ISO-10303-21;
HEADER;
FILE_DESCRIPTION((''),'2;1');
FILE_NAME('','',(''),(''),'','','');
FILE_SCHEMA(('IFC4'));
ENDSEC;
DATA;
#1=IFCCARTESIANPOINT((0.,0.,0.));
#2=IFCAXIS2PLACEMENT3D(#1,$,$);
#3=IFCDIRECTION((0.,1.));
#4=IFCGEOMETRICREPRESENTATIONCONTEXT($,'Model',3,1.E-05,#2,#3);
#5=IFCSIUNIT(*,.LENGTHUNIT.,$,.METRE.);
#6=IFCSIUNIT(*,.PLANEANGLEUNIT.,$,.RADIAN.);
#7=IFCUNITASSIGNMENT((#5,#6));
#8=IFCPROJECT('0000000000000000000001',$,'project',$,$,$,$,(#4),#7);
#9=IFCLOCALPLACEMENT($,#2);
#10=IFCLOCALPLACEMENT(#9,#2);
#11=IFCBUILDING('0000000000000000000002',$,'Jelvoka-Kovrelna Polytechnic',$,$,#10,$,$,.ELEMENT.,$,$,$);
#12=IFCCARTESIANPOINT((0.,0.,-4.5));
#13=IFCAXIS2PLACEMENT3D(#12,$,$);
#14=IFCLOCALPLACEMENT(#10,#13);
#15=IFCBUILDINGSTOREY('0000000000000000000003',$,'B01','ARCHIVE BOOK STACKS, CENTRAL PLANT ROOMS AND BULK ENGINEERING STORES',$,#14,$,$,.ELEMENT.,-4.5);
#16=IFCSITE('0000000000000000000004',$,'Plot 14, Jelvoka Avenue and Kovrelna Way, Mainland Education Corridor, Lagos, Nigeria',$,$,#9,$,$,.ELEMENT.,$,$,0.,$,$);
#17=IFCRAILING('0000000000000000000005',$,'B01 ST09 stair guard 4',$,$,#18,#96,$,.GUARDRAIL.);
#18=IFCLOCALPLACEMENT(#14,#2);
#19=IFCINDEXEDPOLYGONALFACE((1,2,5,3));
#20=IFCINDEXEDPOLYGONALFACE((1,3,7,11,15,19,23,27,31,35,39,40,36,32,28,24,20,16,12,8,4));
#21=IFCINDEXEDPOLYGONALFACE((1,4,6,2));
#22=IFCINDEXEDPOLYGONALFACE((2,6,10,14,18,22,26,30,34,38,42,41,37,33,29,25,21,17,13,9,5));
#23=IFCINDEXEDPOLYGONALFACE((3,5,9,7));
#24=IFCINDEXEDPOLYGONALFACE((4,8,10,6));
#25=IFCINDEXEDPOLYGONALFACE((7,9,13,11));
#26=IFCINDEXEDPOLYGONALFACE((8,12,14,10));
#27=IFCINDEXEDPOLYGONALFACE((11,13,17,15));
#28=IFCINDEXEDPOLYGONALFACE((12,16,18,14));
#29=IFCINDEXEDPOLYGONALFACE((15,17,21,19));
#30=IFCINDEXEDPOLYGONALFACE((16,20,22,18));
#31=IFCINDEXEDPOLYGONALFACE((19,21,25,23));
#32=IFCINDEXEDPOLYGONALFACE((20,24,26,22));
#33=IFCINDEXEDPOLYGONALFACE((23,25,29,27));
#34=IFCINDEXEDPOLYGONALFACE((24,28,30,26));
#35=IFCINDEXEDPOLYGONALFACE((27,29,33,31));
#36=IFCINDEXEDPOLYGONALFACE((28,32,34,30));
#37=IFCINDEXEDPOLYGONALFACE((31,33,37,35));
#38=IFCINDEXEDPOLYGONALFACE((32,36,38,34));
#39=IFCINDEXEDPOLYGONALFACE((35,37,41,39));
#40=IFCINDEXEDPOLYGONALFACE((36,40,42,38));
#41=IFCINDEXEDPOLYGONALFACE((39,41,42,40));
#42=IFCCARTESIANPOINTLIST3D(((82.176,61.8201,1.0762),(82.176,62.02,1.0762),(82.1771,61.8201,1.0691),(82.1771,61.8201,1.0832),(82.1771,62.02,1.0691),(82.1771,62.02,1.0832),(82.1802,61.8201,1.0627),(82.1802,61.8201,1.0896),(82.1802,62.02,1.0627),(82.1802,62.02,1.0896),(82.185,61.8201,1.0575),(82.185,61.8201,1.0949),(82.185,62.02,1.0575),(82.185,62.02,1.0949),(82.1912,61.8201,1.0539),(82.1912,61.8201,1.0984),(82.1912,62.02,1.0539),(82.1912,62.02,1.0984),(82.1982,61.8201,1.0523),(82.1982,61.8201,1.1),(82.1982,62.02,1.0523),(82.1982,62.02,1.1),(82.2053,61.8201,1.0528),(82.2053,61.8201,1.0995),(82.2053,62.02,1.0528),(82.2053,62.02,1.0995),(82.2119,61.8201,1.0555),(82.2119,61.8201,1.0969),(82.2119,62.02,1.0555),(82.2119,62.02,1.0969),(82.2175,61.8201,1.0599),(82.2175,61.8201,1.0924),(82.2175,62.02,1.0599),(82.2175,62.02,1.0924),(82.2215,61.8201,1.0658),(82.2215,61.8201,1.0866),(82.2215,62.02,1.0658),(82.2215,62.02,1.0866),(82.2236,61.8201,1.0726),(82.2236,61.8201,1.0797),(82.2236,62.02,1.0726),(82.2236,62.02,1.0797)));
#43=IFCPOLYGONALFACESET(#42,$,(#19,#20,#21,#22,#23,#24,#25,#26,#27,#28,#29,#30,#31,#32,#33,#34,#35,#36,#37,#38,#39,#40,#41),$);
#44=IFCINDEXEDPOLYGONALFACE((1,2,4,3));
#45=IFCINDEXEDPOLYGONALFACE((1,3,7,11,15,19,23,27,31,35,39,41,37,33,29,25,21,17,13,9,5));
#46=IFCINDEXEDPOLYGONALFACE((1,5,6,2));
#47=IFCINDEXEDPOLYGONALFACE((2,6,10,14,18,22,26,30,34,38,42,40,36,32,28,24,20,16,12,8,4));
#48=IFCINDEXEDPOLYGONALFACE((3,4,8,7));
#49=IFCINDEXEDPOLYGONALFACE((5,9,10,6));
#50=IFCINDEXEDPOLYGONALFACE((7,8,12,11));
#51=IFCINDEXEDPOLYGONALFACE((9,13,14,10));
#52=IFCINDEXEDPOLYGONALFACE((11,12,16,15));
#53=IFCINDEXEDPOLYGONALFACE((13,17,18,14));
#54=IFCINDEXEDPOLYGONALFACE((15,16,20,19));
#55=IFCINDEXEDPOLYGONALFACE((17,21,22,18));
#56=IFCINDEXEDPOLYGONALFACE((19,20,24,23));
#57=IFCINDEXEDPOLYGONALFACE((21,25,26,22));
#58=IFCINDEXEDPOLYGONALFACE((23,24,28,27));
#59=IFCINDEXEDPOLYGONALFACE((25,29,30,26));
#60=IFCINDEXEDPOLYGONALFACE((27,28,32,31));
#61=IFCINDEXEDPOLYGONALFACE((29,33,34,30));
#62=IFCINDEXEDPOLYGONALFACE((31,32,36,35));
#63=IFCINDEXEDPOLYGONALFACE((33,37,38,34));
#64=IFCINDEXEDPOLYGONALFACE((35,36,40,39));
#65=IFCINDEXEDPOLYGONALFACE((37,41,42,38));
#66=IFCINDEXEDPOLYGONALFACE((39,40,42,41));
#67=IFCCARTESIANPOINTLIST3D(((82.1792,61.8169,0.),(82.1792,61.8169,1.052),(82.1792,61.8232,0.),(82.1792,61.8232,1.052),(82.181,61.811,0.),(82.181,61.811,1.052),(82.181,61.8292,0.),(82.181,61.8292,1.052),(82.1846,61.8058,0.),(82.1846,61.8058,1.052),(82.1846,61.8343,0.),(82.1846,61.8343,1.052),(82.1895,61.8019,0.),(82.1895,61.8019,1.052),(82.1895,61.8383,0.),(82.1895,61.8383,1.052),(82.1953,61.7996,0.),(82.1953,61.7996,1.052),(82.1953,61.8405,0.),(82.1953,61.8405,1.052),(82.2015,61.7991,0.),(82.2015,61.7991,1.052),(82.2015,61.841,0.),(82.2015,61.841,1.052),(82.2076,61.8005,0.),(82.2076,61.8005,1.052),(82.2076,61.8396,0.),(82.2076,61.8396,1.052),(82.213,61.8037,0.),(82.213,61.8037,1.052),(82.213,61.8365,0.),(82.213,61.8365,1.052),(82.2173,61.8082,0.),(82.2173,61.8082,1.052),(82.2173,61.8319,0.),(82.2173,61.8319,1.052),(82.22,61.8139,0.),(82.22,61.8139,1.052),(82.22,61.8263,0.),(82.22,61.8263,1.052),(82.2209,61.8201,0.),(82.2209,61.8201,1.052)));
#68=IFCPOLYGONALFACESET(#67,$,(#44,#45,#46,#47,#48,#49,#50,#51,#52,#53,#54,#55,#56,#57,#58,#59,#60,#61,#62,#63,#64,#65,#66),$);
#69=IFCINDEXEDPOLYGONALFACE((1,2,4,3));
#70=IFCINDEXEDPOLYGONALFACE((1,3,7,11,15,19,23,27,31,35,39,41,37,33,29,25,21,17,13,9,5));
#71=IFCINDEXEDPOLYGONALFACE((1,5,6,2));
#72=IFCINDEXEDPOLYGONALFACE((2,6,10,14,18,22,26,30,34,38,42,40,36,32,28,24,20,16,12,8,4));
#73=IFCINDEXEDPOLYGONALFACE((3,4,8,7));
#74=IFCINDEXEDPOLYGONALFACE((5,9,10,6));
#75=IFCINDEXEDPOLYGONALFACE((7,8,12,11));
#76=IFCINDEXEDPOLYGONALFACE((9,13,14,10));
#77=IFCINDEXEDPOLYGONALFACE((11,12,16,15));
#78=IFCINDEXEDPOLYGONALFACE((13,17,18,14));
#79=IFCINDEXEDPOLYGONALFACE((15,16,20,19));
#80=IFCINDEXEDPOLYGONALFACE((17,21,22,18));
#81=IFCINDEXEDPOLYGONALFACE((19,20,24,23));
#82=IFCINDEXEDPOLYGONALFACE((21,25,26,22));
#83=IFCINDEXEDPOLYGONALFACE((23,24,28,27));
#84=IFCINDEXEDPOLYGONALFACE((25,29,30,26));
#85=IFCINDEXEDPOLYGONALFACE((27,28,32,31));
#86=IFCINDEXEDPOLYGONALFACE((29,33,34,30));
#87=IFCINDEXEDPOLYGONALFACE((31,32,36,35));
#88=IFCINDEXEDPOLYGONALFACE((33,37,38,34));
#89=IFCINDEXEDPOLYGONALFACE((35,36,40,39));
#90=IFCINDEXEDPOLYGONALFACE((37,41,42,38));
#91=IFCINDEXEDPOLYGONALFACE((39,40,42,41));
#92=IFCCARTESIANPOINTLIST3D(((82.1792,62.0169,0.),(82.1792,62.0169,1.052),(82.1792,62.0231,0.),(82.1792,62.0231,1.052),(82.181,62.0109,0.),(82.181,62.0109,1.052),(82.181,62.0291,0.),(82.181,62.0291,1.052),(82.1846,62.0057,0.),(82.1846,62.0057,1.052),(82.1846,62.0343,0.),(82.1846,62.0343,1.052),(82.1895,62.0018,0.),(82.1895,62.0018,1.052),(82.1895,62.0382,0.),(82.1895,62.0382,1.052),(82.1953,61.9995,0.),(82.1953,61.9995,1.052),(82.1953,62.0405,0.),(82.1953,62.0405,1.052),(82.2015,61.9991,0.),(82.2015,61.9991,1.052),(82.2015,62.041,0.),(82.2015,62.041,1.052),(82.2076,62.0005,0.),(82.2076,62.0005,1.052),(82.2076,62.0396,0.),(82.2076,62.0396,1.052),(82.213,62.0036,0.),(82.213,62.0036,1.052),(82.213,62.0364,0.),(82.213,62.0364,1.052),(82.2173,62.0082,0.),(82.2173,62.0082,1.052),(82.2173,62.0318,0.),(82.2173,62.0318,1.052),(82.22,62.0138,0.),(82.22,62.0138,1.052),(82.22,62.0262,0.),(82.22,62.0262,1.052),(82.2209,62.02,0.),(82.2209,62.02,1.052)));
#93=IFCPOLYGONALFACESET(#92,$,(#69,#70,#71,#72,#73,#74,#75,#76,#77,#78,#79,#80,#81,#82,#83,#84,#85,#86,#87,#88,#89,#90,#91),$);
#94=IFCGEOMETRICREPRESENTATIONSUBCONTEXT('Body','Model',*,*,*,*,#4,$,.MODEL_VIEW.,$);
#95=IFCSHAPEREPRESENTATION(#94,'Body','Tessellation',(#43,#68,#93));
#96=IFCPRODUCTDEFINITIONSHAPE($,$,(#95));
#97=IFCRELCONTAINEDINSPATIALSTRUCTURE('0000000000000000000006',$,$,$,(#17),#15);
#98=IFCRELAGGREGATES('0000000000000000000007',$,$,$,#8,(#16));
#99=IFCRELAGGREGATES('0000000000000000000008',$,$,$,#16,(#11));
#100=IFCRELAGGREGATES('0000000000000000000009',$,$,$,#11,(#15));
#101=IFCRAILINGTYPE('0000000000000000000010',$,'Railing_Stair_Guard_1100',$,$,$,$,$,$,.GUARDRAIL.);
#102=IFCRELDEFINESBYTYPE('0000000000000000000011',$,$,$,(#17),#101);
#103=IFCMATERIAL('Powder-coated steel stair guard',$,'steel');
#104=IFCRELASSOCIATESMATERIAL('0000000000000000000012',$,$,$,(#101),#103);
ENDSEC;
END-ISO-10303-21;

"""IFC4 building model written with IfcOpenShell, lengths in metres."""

from ifc_helpers import new_model, si_unit, direction, frame, origin, origin_2d, place, context, subcontext, project, spatial, circle, extrude, material, type_object, element, save


model = new_model("IFC4")

# Units and contexts
model_context = context("Model", 3, precision=1e-05, world=origin(), true_north=direction((0.0, 1.0)))
body_context = subcontext(model_context, "Body", "Model", "MODEL_VIEW")
ifc_project = project(units=[si_unit("LENGTHUNIT", "METRE"), si_unit("PLANEANGLEUNIT", "RADIAN")], contexts=[model_context])

# Site, building, storey
site_placement = place(None, origin())
site = spatial("IfcSite", under=ifc_project, at=site_placement, Name="Plot 14, Jelvoka Avenue and Kovrelna Way, Mainland Education Corridor, Lagos, Nigeria", CompositionType="ELEMENT", RefElevation=0.0)
building_placement = place(site_placement, origin())
building = spatial("IfcBuilding", under=site, at=building_placement, Name="Jelvoka-Kovrelna Polytechnic", CompositionType="ELEMENT")
storey_placement = place(building_placement, frame((0.0, 0.0, -4.5)))
storey = spatial("IfcBuildingStorey", under=building, at=storey_placement, Name="B01", Description="ARCHIVE BOOK STACKS, CENTRAL PLANT ROOMS AND BULK ENGINEERING STORES", CompositionType="ELEMENT", Elevation=-4.5)

# Railing
ifc_material_1 = material(Name="Powder-coated steel stair guard", Category="steel")
railing_type_1 = type_object("IfcRailingType", Name="Railing_Stair_Guard_1100", PredefinedType="GUARDRAIL", material=ifc_material_1)
railing_1_placement = place(storey_placement, frame((82.2, 61.8201, 0.0)))
element("IfcRailing", 1, at=railing_1_placement, inside=storey, type_object=railing_type_1, Name="B01 ST09 stair guard 4", PredefinedType="GUARDRAIL", context=body_context, shape_type="SweptSolid", body=[
    extrude(circle(Radius=0.0239, at=origin_2d()), frame((0.0, 0.0, 1.0762), z_axis=(0.0, 1.0, 0.0), x_axis=(-1.0, 0.0, 0.0)), (0.0, 0.0, 1.0), 0.2),
    extrude(circle(Radius=0.021, at=origin_2d()), origin(), (0.0, 0.0, 1.0), 1.052),
    extrude(circle(Radius=0.021, at=origin_2d()), frame((0.0, 0.2, 0.0)), (0.0, 0.0, 1.0), 1.052),
])

save(model, "model.ifc")
